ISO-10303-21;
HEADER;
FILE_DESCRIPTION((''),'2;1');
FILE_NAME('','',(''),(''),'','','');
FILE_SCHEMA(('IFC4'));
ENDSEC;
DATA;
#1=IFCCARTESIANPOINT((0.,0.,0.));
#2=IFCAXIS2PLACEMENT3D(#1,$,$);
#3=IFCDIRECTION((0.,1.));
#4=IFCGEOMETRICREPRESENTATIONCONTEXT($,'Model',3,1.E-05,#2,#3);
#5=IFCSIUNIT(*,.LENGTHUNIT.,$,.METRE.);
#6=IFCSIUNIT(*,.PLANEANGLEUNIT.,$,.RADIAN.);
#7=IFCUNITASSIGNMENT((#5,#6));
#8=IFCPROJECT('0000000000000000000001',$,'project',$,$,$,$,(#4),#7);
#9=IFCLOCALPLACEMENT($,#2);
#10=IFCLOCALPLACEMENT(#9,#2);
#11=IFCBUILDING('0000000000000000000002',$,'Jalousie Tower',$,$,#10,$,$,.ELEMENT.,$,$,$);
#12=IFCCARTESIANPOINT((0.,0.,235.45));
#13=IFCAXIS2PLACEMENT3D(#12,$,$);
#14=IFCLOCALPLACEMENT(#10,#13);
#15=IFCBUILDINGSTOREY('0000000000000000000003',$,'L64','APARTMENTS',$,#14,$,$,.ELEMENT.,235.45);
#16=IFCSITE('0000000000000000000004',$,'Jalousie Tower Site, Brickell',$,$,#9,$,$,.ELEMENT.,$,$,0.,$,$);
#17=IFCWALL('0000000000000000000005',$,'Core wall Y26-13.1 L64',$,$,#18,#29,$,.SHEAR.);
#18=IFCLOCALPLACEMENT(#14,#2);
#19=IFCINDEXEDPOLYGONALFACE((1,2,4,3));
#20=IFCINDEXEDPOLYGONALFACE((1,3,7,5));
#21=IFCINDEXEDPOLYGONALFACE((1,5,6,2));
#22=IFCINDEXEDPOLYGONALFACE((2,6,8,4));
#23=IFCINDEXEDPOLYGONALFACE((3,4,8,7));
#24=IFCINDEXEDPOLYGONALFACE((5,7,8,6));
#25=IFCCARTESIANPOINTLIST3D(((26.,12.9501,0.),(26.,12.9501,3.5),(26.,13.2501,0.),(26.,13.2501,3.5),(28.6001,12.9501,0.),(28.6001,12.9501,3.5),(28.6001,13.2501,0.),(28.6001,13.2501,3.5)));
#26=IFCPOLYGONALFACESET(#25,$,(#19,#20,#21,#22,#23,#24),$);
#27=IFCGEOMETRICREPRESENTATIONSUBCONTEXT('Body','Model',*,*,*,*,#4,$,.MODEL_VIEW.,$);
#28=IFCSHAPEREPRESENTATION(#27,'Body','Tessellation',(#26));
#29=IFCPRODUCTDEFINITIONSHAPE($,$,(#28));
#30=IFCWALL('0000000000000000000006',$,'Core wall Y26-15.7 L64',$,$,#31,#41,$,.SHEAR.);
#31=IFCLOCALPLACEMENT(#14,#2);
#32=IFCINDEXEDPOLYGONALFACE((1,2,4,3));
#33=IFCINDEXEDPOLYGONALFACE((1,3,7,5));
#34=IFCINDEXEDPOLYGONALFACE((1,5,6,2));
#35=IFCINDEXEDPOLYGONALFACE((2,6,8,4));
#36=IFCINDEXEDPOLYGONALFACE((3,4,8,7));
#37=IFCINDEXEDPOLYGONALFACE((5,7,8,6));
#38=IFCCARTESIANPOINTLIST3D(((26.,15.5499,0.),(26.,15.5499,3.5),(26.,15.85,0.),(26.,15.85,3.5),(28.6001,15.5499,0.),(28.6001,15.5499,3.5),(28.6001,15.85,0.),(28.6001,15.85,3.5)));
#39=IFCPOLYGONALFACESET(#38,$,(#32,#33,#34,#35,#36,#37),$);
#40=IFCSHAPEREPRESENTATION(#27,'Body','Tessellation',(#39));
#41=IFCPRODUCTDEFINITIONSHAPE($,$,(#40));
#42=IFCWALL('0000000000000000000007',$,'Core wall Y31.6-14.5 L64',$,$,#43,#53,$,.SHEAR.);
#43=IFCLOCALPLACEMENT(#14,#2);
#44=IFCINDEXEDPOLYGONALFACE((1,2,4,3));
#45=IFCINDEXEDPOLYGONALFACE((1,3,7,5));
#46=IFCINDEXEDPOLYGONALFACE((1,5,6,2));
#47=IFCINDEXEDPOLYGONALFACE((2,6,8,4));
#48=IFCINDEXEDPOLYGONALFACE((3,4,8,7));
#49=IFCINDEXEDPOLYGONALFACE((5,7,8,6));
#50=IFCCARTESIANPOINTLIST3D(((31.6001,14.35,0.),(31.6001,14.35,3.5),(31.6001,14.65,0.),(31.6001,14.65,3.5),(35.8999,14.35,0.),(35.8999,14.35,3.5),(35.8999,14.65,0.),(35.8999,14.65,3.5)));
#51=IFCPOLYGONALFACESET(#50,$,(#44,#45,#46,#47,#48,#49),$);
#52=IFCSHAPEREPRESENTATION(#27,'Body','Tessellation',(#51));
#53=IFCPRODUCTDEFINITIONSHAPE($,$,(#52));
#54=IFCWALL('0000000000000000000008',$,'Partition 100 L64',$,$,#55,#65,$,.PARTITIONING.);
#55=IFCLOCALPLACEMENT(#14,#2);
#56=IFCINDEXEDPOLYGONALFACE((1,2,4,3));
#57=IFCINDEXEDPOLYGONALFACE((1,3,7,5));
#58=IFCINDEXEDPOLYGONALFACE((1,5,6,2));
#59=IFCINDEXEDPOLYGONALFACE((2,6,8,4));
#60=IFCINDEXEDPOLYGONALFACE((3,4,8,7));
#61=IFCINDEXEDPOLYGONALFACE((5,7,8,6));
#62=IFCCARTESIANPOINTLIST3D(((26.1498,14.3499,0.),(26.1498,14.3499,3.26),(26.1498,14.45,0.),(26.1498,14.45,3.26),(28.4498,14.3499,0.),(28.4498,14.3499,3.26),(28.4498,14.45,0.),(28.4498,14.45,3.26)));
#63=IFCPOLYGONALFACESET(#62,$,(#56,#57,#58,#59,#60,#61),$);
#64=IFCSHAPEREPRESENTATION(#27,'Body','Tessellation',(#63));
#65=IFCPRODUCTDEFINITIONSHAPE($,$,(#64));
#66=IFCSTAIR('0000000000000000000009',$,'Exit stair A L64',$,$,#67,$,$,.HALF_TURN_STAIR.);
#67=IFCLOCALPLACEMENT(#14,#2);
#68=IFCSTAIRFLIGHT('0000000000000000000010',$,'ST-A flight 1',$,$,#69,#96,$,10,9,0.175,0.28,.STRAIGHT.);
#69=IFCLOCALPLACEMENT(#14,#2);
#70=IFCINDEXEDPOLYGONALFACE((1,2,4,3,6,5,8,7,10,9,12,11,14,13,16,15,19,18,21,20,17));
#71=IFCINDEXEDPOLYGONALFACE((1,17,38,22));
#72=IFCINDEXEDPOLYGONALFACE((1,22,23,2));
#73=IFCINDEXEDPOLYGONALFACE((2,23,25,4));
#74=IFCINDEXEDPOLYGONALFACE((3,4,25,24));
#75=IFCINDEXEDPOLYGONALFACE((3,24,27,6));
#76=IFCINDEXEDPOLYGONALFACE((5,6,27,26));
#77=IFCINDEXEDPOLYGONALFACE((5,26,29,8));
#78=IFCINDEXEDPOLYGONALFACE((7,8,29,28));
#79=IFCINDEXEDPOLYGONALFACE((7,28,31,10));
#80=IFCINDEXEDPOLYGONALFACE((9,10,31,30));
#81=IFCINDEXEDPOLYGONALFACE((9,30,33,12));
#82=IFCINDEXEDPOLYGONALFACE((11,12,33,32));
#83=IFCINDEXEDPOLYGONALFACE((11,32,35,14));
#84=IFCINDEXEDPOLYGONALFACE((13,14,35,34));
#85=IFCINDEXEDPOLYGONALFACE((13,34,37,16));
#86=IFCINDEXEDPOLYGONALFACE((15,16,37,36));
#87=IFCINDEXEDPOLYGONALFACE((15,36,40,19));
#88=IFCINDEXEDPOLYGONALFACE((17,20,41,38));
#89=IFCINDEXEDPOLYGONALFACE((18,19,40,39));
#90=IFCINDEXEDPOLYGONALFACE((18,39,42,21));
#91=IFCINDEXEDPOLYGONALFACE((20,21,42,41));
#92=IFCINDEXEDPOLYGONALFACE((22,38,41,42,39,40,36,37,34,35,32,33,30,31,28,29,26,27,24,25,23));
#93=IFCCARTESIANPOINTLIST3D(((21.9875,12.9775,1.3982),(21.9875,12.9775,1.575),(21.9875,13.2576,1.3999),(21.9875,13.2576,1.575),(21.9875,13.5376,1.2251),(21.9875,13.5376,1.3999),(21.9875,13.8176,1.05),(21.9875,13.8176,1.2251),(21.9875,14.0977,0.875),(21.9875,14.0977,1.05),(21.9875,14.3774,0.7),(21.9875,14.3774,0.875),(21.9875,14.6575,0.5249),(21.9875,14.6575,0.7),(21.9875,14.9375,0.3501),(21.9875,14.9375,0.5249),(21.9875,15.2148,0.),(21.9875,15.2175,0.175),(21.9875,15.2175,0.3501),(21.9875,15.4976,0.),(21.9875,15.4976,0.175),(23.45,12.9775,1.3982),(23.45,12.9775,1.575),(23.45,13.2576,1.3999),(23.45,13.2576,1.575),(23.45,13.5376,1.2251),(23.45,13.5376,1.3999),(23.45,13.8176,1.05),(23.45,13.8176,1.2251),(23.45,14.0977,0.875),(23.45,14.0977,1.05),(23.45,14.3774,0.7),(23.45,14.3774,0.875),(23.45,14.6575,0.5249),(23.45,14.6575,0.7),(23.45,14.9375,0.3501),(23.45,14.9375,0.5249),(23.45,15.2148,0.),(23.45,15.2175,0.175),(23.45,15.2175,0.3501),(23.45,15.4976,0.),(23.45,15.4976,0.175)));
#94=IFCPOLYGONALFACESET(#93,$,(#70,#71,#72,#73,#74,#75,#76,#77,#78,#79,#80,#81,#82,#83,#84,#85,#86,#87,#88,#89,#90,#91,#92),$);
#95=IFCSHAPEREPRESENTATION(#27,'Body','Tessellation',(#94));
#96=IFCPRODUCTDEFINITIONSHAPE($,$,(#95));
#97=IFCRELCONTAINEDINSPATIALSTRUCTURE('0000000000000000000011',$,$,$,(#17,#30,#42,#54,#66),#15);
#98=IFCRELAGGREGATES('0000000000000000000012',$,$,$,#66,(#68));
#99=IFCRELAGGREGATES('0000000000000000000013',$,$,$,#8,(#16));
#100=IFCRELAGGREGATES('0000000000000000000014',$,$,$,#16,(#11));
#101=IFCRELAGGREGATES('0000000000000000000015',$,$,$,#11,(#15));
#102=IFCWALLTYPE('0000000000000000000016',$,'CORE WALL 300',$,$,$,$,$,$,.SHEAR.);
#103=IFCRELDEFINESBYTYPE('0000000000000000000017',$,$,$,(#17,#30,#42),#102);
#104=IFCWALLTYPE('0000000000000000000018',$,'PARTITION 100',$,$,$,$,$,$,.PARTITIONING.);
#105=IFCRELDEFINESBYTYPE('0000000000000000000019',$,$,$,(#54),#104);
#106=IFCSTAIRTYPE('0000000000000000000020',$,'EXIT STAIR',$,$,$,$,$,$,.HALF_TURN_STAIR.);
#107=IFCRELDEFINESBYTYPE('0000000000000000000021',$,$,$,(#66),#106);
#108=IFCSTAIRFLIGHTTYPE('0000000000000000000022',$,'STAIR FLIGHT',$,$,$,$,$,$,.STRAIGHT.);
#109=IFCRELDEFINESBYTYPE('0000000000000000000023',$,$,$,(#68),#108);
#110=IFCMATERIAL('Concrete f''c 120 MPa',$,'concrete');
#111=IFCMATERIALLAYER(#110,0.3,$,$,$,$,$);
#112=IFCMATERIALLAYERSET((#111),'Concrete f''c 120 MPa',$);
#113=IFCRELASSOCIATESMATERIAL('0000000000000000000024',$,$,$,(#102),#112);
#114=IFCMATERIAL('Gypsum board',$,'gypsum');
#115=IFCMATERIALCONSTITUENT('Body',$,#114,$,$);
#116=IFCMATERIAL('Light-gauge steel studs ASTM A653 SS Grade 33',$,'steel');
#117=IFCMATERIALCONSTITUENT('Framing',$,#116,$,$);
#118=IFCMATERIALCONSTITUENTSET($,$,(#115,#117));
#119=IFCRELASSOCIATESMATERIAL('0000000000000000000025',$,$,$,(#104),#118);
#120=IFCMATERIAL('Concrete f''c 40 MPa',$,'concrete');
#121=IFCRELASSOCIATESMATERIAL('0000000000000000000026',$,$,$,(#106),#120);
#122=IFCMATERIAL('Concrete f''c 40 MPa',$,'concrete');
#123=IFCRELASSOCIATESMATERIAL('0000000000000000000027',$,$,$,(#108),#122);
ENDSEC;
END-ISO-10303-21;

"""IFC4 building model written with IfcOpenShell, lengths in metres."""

from ifc_helpers import new_model, si_unit, direction, frame, frame_2d, origin, place, context, subcontext, project, spatial, polyline, rectangle, outline, extrude, material, layer, layer_set, constituent, constituent_set, type_object, element, aggregate, save


model = new_model("IFC4")

# Units and contexts
model_context = context("Model", 3, precision=1e-05, world=origin(), true_north=direction((0.0, 1.0)))
body_context = subcontext(model_context, "Body", "Model", "MODEL_VIEW")
ifc_project = project(units=[si_unit("LENGTHUNIT", "METRE"), si_unit("PLANEANGLEUNIT", "RADIAN")], contexts=[model_context])

# Site, building, storey
site_placement = place(None, origin())
site = spatial("IfcSite", under=ifc_project, at=site_placement, Name="Jalousie Tower Site, Brickell", CompositionType="ELEMENT", RefElevation=0.0)
building_placement = place(site_placement, origin())
building = spatial("IfcBuilding", under=site, at=building_placement, Name="Jalousie Tower", CompositionType="ELEMENT")
storey_placement = place(building_placement, frame((0.0, 0.0, 235.45)))
storey = spatial("IfcBuildingStorey", under=building, at=storey_placement, Name="L64", Description="APARTMENTS", CompositionType="ELEMENT", Elevation=235.45)

# Shared definitions
ifc_material_1 = material(Name="Concrete f'c 120 MPa", Category="concrete")
ifc_layer = layer(ifc_material_1, 0.3)
ifc_layer_set = layer_set([ifc_layer], Name="Concrete f'c 120 MPa")
wall_type_1 = type_object("IfcWallType", Name="CORE WALL 300", PredefinedType="SHEAR", material=ifc_layer_set)

# Walls
for number, where, z_axis, x_axis, name in (
    (1, (26.0, 13.1001, 0.0), (0.0, 0.0, 1.0), (1.0, 0.0, 0.0), "Core wall Y26-13.1 L64"),
    (2, (26.0, 15.7, 0.0), (0.0, 0.0, 1.0), (1.0, 0.0, 0.0), "Core wall Y26-15.7 L64"),
):
    element("IfcWall", number, at=place(storey_placement, frame(where, z_axis=z_axis, x_axis=x_axis)), inside=storey, type_object=wall_type_1, Name=name, PredefinedType="SHEAR", context=body_context, shape_type="SweptSolid", body=[
        extrude(rectangle(XDim=2.6001, YDim=0.3, at=frame_2d((1.3, 0.0))), origin(), (0.0, 0.0, 1.0), 3.5),
    ])
wall_1_placement = place(storey_placement, frame((31.6001, 14.5, 0.0), z_axis=(0.0, 0.0, 1.0), x_axis=(1.0, 0.0, 0.0)))
element("IfcWall", 3, at=wall_1_placement, inside=storey, type_object=wall_type_1, Name="Core wall Y31.6-14.5 L64", PredefinedType="SHEAR", context=body_context, shape_type="SweptSolid", body=[
    extrude(rectangle(XDim=4.2998, YDim=0.3, at=frame_2d((2.1499, 0.0))), origin(), (0.0, 0.0, 1.0), 3.5),
])
ifc_material_2 = material(Name="Gypsum board", Category="gypsum")
ifc_constituent_1 = constituent(ifc_material_2, Name="Body")
ifc_material_3 = material(Name="Light-gauge steel studs ASTM A653 SS Grade 33", Category="steel")
ifc_constituent_2 = constituent(ifc_material_3, Name="Framing")
ifc_constituent_set_1 = constituent_set(constituents=[ifc_constituent_1, ifc_constituent_2])
wall_type_2 = type_object("IfcWallType", Name="PARTITION 100", PredefinedType="PARTITIONING", material=ifc_constituent_set_1)
wall_2_placement = place(storey_placement, frame((26.1499, 14.3999, 0.0), z_axis=(0.0, 0.0, 1.0), x_axis=(1.0, 0.0, 0.0)))
element("IfcWall", 4, at=wall_2_placement, inside=storey, type_object=wall_type_2, Name="Partition 100 L64", PredefinedType="PARTITIONING", context=body_context, shape_type="SweptSolid", body=[
    extrude(rectangle(XDim=2.3, YDim=0.1001, at=frame_2d((1.1499, 0.0))), origin(), (0.0, 0.0, 1.0), 3.26),
])

# Stair, stair flight
ifc_material_4 = material(Name="Concrete f'c 40 MPa", Category="concrete")
stair_type = type_object("IfcStairType", Name="EXIT STAIR", PredefinedType="HALF_TURN_STAIR", material=ifc_material_4)
stair_placement = place(storey_placement, origin())
stair = element("IfcStair", 5, at=stair_placement, inside=storey, type_object=stair_type, Name="Exit stair A L64", PredefinedType="HALF_TURN_STAIR")
ifc_material_5 = material(Name="Concrete f'c 40 MPa", Category="concrete")
stair_flight_type = type_object("IfcStairFlightType", Name="STAIR FLIGHT", PredefinedType="STRAIGHT", material=ifc_material_5)
stair_flight_placement = place(storey_placement, frame((22.7188, 15.4976, 0.0), z_axis=(0.0, 0.0, 1.0), x_axis=(0.0, -1.0, 0.0)))
stair_flight = element("IfcStairFlight", 6, at=stair_flight_placement, type_object=stair_flight_type, Name="ST-A flight 1", NumberOfRisers=10, NumberOfTreads=9, PredefinedType="STRAIGHT", RiserHeight=0.175, TreadLength=0.28, context=body_context, shape_type="SweptSolid", body=[
    extrude(outline(polyline([(0.0, 0.0), (0.0, 0.175), (0.28, 0.175), (0.28, 0.3501), (0.5601, 0.3501), (0.5601, 0.5249), (0.8401, 0.5249), (0.8401, 0.7), (1.1201, 0.7), (1.1201, 0.875), (1.3999, 0.875), (1.3999, 1.05), (1.6799, 1.05), (1.6799, 1.2251), (1.96, 1.2251), (1.96, 1.3999), (2.24, 1.3999), (2.24, 1.575), (2.52, 1.575), (2.52, 1.75), (2.52, 1.3982), (0.2827, 0.0), (0.0, 0.0)])), frame((0.0, 0.7312, 0.0), z_axis=(0.0, -1.0, 0.0), x_axis=(1.0, 0.0, 0.0)), (0.0, 0.0, 1.0), 1.4624),
])
aggregate(stair, [stair_flight])

save(model, "model.ifc")
